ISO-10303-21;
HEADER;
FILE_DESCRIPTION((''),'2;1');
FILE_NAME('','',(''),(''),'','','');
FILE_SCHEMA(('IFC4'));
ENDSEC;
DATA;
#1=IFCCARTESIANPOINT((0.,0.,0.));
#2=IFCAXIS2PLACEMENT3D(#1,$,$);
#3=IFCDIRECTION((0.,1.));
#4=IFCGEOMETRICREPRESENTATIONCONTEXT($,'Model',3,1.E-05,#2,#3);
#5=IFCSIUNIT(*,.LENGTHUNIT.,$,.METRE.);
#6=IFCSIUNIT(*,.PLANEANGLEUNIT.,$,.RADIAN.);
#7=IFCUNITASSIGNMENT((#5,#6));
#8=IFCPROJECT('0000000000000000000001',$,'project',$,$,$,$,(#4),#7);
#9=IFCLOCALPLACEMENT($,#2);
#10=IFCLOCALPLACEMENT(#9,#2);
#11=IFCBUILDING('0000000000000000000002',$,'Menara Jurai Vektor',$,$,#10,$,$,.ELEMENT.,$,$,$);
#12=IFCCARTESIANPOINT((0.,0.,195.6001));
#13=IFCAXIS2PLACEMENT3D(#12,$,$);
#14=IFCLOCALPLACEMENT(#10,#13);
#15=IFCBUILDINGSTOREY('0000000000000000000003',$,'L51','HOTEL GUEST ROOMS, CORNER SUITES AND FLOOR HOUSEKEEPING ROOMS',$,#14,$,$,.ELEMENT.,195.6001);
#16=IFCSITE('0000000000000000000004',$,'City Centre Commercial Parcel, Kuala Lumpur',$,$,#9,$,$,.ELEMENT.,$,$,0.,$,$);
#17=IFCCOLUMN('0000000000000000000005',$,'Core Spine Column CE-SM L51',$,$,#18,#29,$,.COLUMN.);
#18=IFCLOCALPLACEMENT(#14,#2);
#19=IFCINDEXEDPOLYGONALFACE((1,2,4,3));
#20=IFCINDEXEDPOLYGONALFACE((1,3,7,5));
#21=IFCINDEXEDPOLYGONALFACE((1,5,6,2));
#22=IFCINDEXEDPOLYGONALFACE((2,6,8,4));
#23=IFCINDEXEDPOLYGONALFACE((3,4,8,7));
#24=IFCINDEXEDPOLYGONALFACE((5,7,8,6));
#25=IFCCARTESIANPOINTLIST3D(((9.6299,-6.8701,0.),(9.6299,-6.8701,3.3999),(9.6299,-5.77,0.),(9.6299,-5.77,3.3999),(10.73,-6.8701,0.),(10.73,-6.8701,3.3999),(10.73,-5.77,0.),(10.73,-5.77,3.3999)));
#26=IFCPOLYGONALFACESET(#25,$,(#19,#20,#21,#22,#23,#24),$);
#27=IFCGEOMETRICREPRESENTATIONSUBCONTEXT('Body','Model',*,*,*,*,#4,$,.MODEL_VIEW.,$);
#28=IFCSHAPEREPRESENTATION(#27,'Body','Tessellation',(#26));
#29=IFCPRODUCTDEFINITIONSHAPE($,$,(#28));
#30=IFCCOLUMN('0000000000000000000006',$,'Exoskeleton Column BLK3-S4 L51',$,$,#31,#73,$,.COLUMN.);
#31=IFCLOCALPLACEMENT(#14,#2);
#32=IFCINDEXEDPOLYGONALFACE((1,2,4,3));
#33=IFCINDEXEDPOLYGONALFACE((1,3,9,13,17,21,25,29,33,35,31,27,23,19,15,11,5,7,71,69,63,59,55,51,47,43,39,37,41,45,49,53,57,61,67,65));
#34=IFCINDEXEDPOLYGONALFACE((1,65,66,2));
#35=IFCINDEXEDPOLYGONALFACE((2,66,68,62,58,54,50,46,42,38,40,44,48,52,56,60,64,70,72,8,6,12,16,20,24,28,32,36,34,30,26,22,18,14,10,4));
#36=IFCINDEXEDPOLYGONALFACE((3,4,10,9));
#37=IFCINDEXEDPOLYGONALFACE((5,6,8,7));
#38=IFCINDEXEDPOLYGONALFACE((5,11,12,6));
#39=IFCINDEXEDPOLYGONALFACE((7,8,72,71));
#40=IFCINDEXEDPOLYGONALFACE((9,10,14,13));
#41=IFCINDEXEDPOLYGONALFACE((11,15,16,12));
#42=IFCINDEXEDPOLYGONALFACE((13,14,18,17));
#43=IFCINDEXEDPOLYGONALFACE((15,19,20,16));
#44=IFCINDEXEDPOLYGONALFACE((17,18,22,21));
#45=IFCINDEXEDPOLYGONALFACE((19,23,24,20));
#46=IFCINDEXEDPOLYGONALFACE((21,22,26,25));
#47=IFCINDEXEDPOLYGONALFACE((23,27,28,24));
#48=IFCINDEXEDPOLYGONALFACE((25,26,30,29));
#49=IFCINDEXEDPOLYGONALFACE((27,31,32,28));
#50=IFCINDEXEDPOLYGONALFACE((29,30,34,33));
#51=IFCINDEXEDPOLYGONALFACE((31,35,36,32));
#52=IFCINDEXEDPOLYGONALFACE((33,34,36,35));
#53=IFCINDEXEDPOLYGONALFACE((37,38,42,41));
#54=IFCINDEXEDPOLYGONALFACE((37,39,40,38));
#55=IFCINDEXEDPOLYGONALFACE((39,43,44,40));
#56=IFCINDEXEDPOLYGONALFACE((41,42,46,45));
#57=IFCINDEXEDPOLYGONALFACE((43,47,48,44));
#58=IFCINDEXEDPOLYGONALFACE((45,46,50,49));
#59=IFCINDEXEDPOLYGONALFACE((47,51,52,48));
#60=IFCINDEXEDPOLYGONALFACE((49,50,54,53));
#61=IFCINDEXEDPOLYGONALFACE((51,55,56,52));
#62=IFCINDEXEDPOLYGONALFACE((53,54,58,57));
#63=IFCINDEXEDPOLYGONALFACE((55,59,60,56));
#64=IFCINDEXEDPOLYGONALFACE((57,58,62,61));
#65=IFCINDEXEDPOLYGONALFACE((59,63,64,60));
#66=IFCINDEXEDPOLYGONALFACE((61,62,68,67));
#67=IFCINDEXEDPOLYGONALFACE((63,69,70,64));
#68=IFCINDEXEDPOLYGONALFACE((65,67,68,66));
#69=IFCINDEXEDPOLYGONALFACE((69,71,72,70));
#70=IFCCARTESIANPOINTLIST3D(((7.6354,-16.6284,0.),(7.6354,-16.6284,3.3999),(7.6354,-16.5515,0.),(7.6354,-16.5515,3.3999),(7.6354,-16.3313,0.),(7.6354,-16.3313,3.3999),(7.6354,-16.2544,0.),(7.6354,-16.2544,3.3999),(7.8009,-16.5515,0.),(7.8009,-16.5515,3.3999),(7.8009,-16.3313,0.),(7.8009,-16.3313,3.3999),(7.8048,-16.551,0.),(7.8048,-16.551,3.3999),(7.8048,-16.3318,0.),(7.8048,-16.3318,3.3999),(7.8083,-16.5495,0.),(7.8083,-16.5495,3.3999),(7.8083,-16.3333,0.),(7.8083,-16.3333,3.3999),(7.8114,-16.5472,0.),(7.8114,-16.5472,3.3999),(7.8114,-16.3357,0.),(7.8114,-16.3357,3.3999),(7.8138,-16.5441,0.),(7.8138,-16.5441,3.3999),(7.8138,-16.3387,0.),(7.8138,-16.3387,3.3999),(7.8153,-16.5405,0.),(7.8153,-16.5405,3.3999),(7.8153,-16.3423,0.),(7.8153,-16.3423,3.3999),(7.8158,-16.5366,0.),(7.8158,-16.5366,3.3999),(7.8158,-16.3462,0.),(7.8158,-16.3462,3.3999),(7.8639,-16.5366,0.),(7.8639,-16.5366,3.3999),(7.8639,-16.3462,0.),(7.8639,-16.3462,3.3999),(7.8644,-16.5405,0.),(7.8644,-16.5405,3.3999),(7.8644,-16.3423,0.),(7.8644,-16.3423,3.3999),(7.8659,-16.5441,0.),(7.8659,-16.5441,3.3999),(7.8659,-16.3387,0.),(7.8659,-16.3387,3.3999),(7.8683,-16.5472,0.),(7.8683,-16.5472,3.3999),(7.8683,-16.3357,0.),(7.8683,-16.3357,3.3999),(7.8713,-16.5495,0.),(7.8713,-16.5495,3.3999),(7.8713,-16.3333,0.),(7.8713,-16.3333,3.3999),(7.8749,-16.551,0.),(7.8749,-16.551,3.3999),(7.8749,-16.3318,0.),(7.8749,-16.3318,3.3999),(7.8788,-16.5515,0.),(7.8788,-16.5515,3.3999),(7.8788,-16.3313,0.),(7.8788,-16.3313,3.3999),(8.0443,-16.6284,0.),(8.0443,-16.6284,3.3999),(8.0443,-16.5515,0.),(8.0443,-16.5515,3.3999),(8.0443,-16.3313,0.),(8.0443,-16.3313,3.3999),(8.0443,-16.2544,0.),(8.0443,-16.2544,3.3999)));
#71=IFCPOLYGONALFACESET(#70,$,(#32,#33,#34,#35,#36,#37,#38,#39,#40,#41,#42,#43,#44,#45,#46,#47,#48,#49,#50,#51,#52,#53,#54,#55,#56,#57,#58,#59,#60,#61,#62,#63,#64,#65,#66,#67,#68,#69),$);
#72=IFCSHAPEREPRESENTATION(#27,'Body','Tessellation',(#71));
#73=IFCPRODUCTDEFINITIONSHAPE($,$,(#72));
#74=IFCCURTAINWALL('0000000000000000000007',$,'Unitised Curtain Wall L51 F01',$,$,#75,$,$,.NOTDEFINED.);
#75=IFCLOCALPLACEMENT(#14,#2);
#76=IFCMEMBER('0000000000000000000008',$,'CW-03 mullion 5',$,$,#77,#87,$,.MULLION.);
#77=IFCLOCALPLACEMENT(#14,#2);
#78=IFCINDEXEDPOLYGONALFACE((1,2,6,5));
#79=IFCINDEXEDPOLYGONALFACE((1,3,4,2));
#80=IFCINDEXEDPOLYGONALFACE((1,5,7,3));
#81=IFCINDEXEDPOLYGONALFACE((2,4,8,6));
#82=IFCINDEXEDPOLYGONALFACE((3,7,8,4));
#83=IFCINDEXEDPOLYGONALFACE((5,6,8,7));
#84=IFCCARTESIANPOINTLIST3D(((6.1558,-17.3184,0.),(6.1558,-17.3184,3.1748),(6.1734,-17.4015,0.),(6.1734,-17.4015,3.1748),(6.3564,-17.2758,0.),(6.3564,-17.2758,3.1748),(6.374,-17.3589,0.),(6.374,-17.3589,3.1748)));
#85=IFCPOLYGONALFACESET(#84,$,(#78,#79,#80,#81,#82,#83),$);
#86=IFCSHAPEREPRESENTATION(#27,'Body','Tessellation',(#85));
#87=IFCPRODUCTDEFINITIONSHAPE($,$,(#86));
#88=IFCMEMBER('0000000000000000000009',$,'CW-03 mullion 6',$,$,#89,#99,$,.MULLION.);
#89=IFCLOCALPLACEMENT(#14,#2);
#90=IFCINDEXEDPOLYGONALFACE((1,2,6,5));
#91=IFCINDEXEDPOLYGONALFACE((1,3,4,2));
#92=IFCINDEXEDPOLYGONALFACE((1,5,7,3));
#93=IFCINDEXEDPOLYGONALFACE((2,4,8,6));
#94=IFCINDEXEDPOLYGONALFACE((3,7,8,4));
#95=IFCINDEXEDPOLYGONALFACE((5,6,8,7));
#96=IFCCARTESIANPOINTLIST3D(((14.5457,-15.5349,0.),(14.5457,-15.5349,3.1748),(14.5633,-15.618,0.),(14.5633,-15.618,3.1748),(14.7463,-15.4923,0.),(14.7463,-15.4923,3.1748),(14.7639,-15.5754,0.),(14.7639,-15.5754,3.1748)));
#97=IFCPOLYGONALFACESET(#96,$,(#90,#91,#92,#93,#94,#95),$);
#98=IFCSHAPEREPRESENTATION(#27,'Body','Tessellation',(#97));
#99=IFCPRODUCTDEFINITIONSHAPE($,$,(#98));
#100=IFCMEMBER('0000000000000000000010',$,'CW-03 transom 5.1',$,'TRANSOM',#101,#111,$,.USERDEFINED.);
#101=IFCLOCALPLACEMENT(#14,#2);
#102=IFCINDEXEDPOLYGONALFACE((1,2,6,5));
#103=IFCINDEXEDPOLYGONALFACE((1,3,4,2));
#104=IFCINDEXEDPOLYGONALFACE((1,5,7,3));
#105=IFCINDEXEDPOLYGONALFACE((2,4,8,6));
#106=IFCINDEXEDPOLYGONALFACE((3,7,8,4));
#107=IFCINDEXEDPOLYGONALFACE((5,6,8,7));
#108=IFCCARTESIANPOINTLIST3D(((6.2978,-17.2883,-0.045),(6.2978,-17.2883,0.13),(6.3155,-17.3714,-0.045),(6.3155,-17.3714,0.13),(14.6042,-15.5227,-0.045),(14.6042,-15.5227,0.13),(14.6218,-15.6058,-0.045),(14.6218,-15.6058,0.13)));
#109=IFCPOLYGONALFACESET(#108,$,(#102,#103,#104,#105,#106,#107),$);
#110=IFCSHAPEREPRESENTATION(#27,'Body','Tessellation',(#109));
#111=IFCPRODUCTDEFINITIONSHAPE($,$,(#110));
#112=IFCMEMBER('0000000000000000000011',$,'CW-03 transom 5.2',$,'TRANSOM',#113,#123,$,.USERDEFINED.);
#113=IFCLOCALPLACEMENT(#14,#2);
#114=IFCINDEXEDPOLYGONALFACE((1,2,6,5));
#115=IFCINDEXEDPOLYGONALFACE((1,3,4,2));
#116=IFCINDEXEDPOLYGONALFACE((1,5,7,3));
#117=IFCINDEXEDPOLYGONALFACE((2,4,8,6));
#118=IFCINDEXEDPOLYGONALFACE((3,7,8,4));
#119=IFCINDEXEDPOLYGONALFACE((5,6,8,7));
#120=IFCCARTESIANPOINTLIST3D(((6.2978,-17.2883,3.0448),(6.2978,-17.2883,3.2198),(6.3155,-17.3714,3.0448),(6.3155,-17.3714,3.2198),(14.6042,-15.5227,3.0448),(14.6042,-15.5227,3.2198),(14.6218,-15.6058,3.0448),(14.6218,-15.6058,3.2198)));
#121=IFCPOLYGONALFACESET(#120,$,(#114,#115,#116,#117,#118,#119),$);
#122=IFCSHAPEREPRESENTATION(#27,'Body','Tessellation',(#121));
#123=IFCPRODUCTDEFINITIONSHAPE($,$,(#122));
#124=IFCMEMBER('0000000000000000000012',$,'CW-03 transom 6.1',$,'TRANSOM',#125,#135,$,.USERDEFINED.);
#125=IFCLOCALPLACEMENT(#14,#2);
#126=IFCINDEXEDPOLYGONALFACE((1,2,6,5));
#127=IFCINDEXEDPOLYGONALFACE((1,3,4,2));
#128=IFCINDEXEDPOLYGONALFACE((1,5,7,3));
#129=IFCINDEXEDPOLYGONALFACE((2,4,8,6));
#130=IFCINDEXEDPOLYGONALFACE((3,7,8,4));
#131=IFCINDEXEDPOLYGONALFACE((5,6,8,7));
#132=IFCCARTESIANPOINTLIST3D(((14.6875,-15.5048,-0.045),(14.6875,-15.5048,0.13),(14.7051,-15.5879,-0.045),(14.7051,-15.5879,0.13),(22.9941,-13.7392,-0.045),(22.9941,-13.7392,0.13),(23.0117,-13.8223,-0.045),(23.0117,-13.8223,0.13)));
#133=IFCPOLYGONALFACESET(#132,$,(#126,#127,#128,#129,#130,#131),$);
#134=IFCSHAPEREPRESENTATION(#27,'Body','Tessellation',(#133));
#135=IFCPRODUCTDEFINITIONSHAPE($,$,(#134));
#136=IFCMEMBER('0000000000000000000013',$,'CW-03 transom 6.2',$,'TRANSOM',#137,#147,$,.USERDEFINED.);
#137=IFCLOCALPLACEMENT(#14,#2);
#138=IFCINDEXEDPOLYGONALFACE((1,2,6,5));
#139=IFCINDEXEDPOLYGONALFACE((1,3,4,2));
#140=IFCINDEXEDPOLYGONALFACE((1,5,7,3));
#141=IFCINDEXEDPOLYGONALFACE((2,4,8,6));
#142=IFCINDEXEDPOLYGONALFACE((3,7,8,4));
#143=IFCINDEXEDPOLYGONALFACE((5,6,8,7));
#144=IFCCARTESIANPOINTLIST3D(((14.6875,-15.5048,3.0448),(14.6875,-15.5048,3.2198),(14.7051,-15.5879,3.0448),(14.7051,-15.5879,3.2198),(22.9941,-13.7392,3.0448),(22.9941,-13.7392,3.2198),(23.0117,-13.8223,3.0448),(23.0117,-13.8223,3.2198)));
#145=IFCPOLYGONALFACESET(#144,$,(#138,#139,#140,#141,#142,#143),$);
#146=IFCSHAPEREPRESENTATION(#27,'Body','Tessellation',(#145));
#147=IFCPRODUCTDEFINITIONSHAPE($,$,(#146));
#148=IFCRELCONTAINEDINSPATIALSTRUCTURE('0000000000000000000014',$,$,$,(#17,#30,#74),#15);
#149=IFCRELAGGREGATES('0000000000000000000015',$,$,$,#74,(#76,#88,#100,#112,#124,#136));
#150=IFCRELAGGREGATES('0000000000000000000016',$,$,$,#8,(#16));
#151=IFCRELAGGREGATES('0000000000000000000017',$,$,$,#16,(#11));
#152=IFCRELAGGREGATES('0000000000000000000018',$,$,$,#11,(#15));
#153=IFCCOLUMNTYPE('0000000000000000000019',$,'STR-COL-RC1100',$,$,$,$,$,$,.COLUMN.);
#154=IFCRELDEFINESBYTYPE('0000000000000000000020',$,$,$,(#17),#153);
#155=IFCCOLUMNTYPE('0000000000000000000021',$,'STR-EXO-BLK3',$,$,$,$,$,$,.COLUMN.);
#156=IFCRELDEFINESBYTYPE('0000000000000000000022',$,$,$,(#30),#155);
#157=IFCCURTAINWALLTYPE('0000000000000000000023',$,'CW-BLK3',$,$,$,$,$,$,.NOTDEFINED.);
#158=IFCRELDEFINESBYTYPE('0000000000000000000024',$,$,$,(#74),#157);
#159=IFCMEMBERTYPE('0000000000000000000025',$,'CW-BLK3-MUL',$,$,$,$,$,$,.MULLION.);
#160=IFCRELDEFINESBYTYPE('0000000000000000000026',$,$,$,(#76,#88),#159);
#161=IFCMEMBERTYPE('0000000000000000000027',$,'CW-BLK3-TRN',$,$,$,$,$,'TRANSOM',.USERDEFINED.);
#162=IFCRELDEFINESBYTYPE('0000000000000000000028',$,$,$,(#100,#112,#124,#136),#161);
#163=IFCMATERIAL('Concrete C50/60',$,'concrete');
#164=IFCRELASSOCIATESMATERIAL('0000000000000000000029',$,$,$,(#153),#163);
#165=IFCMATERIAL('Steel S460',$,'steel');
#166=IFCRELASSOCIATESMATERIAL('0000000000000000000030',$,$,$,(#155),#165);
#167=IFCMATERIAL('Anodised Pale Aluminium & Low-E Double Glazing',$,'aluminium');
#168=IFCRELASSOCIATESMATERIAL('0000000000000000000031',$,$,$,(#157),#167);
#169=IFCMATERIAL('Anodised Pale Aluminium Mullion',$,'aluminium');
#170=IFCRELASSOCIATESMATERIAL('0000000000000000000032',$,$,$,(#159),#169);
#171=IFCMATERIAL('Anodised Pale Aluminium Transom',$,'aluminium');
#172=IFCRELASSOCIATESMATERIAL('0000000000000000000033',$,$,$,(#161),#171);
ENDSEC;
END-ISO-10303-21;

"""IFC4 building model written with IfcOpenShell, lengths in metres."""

from ifc_helpers import new_model, si_unit, direction, frame, origin, origin_2d, place, context, subcontext, project, spatial, rectangle, i_section, extrude, material, material_profile, profile_set, type_object, element, aggregate, save


model = new_model("IFC4")

# Units and contexts
model_context = context("Model", 3, precision=1e-05, world=origin(), true_north=direction((0.0, 1.0)))
body_context = subcontext(model_context, "Body", "Model", "MODEL_VIEW")
ifc_project = project(units=[si_unit("LENGTHUNIT", "METRE"), si_unit("PLANEANGLEUNIT", "RADIAN")], contexts=[model_context])

# Site, building, storey
site_placement = place(None, origin())
site = spatial("IfcSite", under=ifc_project, at=site_placement, Name="City Centre Commercial Parcel, Kuala Lumpur", CompositionType="ELEMENT", RefElevation=0.0)
building_placement = place(site_placement, origin())
building = spatial("IfcBuilding", under=site, at=building_placement, Name="Menara Jurai Vektor", CompositionType="ELEMENT")
storey_placement = place(building_placement, frame((0.0, 0.0, 195.6001)))
storey = spatial("IfcBuildingStorey", under=building, at=storey_placement, Name="L51", Description="HOTEL GUEST ROOMS, CORNER SUITES AND FLOOR HOUSEKEEPING ROOMS", CompositionType="ELEMENT", Elevation=195.6001)

# Columns
ifc_material_1 = material(Name="Concrete C50/60", Category="concrete")
ifc_material_profile_1 = material_profile(ifc_material_1, rectangle(XDim=1.1001, YDim=1.1001, at=origin_2d()), Name="RC 1100x1100")
ifc_profile_set_1 = profile_set([ifc_material_profile_1], Name="Concrete C50/60")
column_type_1 = type_object("IfcColumnType", Name="STR-COL-RC1100", PredefinedType="COLUMN", material=ifc_profile_set_1)
column_1_placement = place(storey_placement, frame((10.1799, -6.3201, 0.0), z_axis=(0.0, 0.0, 1.0), x_axis=(1.0, 0.0, 0.0)))
element("IfcColumn", 1, at=column_1_placement, inside=storey, type_object=column_type_1, Name="Core Spine Column CE-SM L51", PredefinedType="COLUMN", context=body_context, shape_type="SweptSolid", body=[
    extrude(rectangle(XDim=1.1001, YDim=1.1001, at=origin_2d()), origin(), (0.0, 0.0, 1.0), 3.3999),
])
ifc_material_2 = material(Name="Steel S460", Category="steel")
ifc_material_profile_2 = material_profile(ifc_material_2, i_section(OverallWidth=0.4089, OverallDepth=0.374, WebThickness=0.0481, FlangeThickness=0.0769, FilletRadius=0.0149, at=origin_2d()), Name="HD 400x634")
ifc_profile_set_2 = profile_set([ifc_material_profile_2], Name="Steel S460")
column_type_2 = type_object("IfcColumnType", Name="STR-EXO-BLK3", PredefinedType="COLUMN", material=ifc_profile_set_2)
column_2_placement = place(storey_placement, frame((7.8398, -16.4414, 0.0), z_axis=(0.0, 0.0, 1.0), x_axis=(1.0, 0.0, 0.0)))
element("IfcColumn", 2, at=column_2_placement, inside=storey, type_object=column_type_2, Name="Exoskeleton Column BLK3-S4 L51", PredefinedType="COLUMN", context=body_context, shape_type="SweptSolid", body=[
    extrude(i_section(OverallWidth=0.4089, OverallDepth=0.374, WebThickness=0.0481, FlangeThickness=0.0769, FilletRadius=0.0149, at=origin_2d()), origin(), (0.0, 0.0, 1.0), 3.3999),
])

# Curtain wall, members
ifc_material_3 = material(Name="Anodised Pale Aluminium & Low-E Double Glazing", Category="aluminium")
curtain_wall_type = type_object("IfcCurtainWallType", Name="CW-BLK3", PredefinedType="NOTDEFINED", material=ifc_material_3)
curtain_wall_placement = place(storey_placement, origin())
curtain_wall = element("IfcCurtainWall", 3, at=curtain_wall_placement, inside=storey, type_object=curtain_wall_type, Name="Unitised Curtain Wall L51 F01", PredefinedType="NOTDEFINED")
ifc_material_4 = material(Name="Anodised Pale Aluminium Mullion", Category="aluminium")
ifc_material_profile_3 = material_profile(ifc_material_4, rectangle(XDim=0.085, YDim=0.2051, at=origin_2d()), Name="ALU MUL 85x205")
ifc_profile_set_3 = profile_set([ifc_material_profile_3], Name="Anodised Pale Aluminium Mullion")
member_type_1 = type_object("IfcMemberType", Name="CW-BLK3-MUL", PredefinedType="MULLION", material=ifc_profile_set_3)
member_1_placement = place(storey_placement, frame((6.2649, -17.3386, 0.0), z_axis=(0.0, 0.0, 1.0), x_axis=(-0.207911, 0.978148, 0.0)))
member_1 = element("IfcMember", 4, at=member_1_placement, type_object=member_type_1, Name="CW-03 mullion 5", PredefinedType="MULLION", context=body_context, shape_type="SweptSolid", body=[
    extrude(rectangle(XDim=0.085, YDim=0.2051, at=origin_2d()), origin(), (0.0, 0.0, 1.0), 3.1748),
])
member_2_placement = place(storey_placement, frame((14.6548, -15.5552, 0.0), z_axis=(0.0, 0.0, 1.0), x_axis=(-0.207911, 0.978148, 0.0)))
member_2 = element("IfcMember", 5, at=member_2_placement, type_object=member_type_1, Name="CW-03 mullion 6", PredefinedType="MULLION", context=body_context, shape_type="SweptSolid", body=[
    extrude(rectangle(XDim=0.085, YDim=0.2051, at=origin_2d()), origin(), (0.0, 0.0, 1.0), 3.1748),
])
ifc_material_5 = material(Name="Anodised Pale Aluminium Transom", Category="aluminium")
ifc_material_profile_4 = material_profile(ifc_material_5, rectangle(XDim=0.085, YDim=0.175, at=origin_2d()), Name="ALU TRN 85x175")
ifc_profile_set_4 = profile_set([ifc_material_profile_4], Name="Anodised Pale Aluminium Transom")
member_type_2 = type_object("IfcMemberType", Name="CW-BLK3-TRN", ElementType="TRANSOM", PredefinedType="USERDEFINED", material=ifc_profile_set_4)
member_3_placement = place(storey_placement, frame((6.3066, -17.3298, 0.0425), z_axis=(0.978147, 0.207917, 0.0), x_axis=(-0.207917, 0.978147, 0.0)))
member_3 = element("IfcMember", 6, at=member_3_placement, type_object=member_type_2, Name="CW-03 transom 5.1", ObjectType="TRANSOM", PredefinedType="USERDEFINED", context=body_context, shape_type="SweptSolid", body=[
    extrude(rectangle(XDim=0.085, YDim=0.175, at=origin_2d()), origin(), (0.0, 0.0, 1.0), 8.4919),
])
member_4_placement = place(storey_placement, frame((6.3066, -17.3298, 3.1323), z_axis=(0.978147, 0.207917, 0.0), x_axis=(-0.207917, 0.978147, 0.0)))
member_4 = element("IfcMember", 7, at=member_4_placement, type_object=member_type_2, Name="CW-03 transom 5.2", ObjectType="TRANSOM", PredefinedType="USERDEFINED", context=body_context, shape_type="SweptSolid", body=[
    extrude(rectangle(XDim=0.085, YDim=0.175, at=origin_2d()), origin(), (0.0, 0.0, 1.0), 8.4919),
])
member_5_placement = place(storey_placement, frame((14.6963, -15.5464, 0.0425), z_axis=(0.978148, 0.207911, 0.0), x_axis=(-0.207911, 0.978148, 0.0)))
member_5 = element("IfcMember", 8, at=member_5_placement, type_object=member_type_2, Name="CW-03 transom 6.1", ObjectType="TRANSOM", PredefinedType="USERDEFINED", context=body_context, shape_type="SweptSolid", body=[
    extrude(rectangle(XDim=0.085, YDim=0.175, at=origin_2d()), origin(), (0.0, 0.0, 1.0), 8.4922),
])
member_6_placement = place(storey_placement, frame((14.6963, -15.5464, 3.1323), z_axis=(0.978148, 0.207911, 0.0), x_axis=(-0.207911, 0.978148, 0.0)))
member_6 = element("IfcMember", 9, at=member_6_placement, type_object=member_type_2, Name="CW-03 transom 6.2", ObjectType="TRANSOM", PredefinedType="USERDEFINED", context=body_context, shape_type="SweptSolid", body=[
    extrude(rectangle(XDim=0.085, YDim=0.175, at=origin_2d()), origin(), (0.0, 0.0, 1.0), 8.4922),
])

aggregate(curtain_wall, [member_1, member_2, member_3, member_4, member_5, member_6])

save(model, "model.ifc")
